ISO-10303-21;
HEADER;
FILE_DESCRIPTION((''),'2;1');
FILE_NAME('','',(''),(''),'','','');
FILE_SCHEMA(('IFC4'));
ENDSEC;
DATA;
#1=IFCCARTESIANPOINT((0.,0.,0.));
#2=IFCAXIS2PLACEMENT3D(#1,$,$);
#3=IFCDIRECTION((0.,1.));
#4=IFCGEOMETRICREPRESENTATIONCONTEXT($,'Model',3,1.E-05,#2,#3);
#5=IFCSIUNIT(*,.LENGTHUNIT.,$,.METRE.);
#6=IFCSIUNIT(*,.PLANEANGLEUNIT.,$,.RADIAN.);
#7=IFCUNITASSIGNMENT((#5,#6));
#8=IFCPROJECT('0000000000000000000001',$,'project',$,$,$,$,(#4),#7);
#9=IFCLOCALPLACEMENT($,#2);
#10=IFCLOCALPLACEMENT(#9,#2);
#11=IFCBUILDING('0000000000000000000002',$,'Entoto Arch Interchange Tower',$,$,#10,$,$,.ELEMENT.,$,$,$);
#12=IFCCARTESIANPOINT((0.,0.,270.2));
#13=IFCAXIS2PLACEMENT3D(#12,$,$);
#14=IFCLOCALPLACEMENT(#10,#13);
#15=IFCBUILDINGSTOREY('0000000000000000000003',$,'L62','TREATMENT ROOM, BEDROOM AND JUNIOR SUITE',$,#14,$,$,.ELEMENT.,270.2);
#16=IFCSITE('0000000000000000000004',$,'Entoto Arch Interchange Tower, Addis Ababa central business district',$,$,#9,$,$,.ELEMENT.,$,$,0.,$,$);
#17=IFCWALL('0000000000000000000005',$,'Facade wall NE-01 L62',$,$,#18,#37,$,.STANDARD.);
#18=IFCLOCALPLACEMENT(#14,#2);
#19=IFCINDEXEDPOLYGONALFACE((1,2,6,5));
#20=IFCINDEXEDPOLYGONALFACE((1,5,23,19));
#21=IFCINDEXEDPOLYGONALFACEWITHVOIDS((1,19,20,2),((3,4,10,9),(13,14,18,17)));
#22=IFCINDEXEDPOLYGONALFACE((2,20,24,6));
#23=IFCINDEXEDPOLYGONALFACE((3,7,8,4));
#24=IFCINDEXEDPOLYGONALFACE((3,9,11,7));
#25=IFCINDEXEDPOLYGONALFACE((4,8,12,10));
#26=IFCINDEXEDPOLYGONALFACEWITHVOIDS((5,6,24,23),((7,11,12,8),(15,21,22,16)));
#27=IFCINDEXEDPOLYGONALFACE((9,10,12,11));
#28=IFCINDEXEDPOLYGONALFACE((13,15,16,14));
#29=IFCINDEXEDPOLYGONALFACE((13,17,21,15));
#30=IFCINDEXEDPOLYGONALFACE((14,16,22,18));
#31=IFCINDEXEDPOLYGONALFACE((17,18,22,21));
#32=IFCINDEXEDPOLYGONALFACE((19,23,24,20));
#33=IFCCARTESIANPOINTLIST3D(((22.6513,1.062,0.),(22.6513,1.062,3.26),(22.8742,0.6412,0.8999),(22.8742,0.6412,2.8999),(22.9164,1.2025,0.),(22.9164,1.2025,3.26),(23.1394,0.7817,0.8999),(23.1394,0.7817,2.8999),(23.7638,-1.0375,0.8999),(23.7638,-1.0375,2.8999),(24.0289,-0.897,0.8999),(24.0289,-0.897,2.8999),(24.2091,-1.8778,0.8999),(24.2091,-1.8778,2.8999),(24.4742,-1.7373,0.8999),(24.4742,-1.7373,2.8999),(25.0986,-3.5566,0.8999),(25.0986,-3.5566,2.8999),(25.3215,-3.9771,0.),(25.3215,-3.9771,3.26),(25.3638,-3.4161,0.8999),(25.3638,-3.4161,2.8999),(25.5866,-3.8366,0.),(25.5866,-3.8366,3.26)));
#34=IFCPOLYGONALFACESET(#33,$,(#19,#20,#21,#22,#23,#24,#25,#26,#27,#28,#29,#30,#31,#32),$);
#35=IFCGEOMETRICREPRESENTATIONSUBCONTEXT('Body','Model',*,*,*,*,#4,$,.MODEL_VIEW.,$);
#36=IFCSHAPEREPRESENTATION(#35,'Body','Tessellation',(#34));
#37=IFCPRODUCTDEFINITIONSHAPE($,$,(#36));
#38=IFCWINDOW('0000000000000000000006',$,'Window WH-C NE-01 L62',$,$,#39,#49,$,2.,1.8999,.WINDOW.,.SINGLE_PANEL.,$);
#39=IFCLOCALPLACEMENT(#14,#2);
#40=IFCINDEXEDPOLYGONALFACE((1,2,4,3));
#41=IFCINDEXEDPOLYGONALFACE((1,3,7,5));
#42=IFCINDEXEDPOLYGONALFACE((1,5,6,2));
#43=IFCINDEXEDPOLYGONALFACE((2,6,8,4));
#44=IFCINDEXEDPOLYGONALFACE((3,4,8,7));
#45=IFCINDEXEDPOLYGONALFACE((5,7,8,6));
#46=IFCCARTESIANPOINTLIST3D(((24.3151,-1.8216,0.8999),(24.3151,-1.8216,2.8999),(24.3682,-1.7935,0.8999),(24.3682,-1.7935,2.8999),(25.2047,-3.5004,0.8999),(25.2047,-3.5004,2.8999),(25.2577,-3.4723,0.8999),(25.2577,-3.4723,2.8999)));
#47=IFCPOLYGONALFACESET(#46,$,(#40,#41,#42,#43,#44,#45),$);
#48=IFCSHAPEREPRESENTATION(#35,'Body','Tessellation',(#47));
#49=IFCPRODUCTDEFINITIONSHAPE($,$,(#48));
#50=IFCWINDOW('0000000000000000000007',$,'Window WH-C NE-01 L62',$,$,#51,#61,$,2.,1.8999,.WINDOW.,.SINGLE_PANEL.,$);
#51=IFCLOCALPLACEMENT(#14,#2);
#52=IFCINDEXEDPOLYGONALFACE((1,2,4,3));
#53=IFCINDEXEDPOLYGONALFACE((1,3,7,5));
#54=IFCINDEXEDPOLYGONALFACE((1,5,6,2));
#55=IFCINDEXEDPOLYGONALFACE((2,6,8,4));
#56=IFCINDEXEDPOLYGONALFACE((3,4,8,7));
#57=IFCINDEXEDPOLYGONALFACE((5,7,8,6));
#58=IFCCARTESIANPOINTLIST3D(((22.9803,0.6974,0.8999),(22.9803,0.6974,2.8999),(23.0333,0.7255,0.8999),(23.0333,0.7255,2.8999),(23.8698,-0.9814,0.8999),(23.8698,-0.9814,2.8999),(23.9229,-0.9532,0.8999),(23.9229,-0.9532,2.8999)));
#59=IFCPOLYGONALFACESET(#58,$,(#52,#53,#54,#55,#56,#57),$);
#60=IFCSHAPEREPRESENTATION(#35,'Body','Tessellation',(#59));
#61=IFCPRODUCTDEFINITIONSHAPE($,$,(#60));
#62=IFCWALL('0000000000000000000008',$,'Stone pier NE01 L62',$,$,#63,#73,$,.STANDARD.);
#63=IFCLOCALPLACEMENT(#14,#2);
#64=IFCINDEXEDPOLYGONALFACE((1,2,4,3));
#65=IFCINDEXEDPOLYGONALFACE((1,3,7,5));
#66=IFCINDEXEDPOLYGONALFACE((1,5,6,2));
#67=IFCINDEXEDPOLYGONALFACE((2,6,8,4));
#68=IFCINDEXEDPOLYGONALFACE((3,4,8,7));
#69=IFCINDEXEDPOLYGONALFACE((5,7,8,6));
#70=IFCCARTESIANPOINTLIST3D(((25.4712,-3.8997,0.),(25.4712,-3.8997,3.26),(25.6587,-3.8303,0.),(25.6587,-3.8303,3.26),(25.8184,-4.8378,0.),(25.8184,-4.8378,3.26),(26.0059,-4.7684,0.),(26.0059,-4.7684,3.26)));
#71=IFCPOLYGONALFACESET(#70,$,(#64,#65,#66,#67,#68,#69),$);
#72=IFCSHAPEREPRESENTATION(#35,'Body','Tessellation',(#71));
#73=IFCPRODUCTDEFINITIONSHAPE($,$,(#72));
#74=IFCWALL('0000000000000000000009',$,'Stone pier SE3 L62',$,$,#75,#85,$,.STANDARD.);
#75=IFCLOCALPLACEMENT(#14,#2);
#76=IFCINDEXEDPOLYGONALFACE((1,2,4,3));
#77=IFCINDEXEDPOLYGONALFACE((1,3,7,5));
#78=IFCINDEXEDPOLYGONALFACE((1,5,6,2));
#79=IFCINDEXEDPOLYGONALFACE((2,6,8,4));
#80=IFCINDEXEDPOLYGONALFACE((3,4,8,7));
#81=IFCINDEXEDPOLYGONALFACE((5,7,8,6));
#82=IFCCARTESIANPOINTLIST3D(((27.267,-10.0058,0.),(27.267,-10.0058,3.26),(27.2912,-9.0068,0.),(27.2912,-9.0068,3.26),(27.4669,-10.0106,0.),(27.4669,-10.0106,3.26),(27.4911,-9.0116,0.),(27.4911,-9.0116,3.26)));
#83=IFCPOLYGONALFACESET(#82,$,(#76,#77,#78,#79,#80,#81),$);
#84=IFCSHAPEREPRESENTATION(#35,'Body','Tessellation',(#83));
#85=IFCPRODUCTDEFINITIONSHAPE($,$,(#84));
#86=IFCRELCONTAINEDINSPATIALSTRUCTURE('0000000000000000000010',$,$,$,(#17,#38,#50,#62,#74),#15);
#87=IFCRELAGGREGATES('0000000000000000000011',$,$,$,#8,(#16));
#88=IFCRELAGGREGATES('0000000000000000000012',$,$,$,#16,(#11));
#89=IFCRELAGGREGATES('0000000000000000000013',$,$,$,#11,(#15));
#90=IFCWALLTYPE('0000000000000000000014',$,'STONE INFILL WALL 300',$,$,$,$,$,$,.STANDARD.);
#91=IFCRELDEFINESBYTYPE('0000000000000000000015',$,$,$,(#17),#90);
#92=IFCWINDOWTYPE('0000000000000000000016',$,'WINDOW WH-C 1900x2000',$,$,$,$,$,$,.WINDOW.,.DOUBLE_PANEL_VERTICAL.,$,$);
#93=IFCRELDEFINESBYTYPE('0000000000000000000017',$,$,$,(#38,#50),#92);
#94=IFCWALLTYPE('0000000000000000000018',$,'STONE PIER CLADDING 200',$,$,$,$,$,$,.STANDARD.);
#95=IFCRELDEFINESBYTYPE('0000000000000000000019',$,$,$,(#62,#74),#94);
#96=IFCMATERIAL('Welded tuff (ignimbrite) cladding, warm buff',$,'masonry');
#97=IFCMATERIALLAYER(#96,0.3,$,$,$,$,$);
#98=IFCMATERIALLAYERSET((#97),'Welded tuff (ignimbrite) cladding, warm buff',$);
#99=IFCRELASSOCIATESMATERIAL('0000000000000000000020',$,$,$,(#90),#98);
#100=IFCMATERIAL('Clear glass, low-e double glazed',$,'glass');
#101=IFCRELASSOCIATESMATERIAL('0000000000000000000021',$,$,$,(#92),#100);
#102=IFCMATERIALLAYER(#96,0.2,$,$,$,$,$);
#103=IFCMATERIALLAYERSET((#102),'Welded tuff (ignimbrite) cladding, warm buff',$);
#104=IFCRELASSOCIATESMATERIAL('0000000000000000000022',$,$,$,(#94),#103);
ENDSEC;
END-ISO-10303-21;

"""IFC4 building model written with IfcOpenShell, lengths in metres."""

from ifc_helpers import new_model, si_unit, direction, frame, frame_2d, origin, place, context, subcontext, project, spatial, rectangle, extrude, material, layer, layer_set, type_object, element, fill, save


model = new_model("IFC4")

# Units and contexts
model_context = context("Model", 3, precision=1e-05, world=origin(), true_north=direction((0.0, 1.0)))
body_context = subcontext(model_context, "Body", "Model", "MODEL_VIEW")
ifc_project = project(units=[si_unit("LENGTHUNIT", "METRE"), si_unit("PLANEANGLEUNIT", "RADIAN")], contexts=[model_context])

# Site, building, storey
site_placement = place(None, origin())
site = spatial("IfcSite", under=ifc_project, at=site_placement, Name="Entoto Arch Interchange Tower, Addis Ababa central business district", CompositionType="ELEMENT", RefElevation=0.0)
building_placement = place(site_placement, origin())
building = spatial("IfcBuilding", under=site, at=building_placement, Name="Entoto Arch Interchange Tower", CompositionType="ELEMENT")
storey_placement = place(building_placement, frame((0.0, 0.0, 270.2)))
storey = spatial("IfcBuildingStorey", under=building, at=storey_placement, Name="L62", Description="TREATMENT ROOM, BEDROOM AND JUNIOR SUITE", CompositionType="ELEMENT", Elevation=270.2)

# Shared definitions
ifc_material_1 = material(Name="Welded tuff (ignimbrite) cladding, warm buff", Category="masonry")
ifc_layer_1 = layer(ifc_material_1, 0.3)
ifc_layer_set_1 = layer_set([ifc_layer_1], Name="Welded tuff (ignimbrite) cladding, warm buff")
wall_type_1 = type_object("IfcWallType", Name="STONE INFILL WALL 300", PredefinedType="STANDARD", material=ifc_layer_set_1)
ifc_material_2 = material(Name="Clear glass, low-e double glazed", Category="glass")

# Wall, openings, windows
wall_1_placement = place(storey_placement, frame((25.4541, -3.907, 0.0), z_axis=(0.0, 0.0, 1.0), x_axis=(-0.46822, 0.883612, 0.0)))
wall_1 = element("IfcWall", 1, at=wall_1_placement, inside=storey, type_object=wall_type_1, Name="Facade wall NE-01 L62", PredefinedType="STANDARD", context=body_context, shape_type="SweptSolid", body=[
    extrude(rectangle(XDim=5.7029, YDim=0.3, at=frame_2d((2.8516, 0.0))), origin(), (0.0, 0.0, 1.0), 3.26),
])
opening_1_placement = place(wall_1_placement, frame((0.4761, 0.0, 0.8999)))
opening_1 = element("IfcOpeningElement", 2, at=opening_1_placement, cuts=wall_1, PredefinedType="OPENING", context=body_context, shape_type="SweptSolid", body=[
    extrude(rectangle(XDim=1.8999, YDim=2.0, at=frame_2d((0.95, 1.0))), frame((0.0, 0.1602, 0.0), z_axis=(0.0, -1.0, 0.0), x_axis=(1.0, 0.0, 0.0)), (0.0, 0.0, 1.0), 0.3201),
])
opening_2_placement = place(wall_1_placement, frame((3.3269, 0.0, 0.8999)))
opening_2 = element("IfcOpeningElement", 3, at=opening_2_placement, cuts=wall_1, PredefinedType="OPENING", context=body_context, shape_type="SweptSolid", body=[
    extrude(rectangle(XDim=1.8999, YDim=2.0, at=frame_2d((0.95, 1.0))), frame((0.0, 0.1602, 0.0), z_axis=(0.0, -1.0, 0.0), x_axis=(1.0, 0.0, 0.0)), (0.0, 0.0, 1.0), 0.3201),
])
window_type_1 = type_object("IfcWindowType", Name="WINDOW WH-C 1900x2000", PartitioningType="DOUBLE_PANEL_VERTICAL", PredefinedType="WINDOW", material=ifc_material_2)
window_1_placement = place(opening_1_placement, origin())
window_1 = element("IfcWindow", 4, at=window_1_placement, inside=storey, type_object=window_type_1, Name="Window WH-C NE-01 L62", OverallHeight=2.0, OverallWidth=1.8999, PartitioningType="SINGLE_PANEL", PredefinedType="WINDOW", context=body_context, shape_type="SweptSolid", body=[
    extrude(rectangle(XDim=1.8999, YDim=2.0, at=frame_2d((0.95, 1.0))), frame((0.0, 0.03, 0.0), z_axis=(0.0, -1.0, 0.0), x_axis=(1.0, 0.0, 0.0)), (0.0, 0.0, 1.0), 0.0601),
])
fill(opening_1, window_1)
window_2_placement = place(opening_2_placement, origin())
window_2 = element("IfcWindow", 5, at=window_2_placement, inside=storey, type_object=window_type_1, Name="Window WH-C NE-01 L62", OverallHeight=2.0, OverallWidth=1.8999, PartitioningType="SINGLE_PANEL", PredefinedType="WINDOW", context=body_context, shape_type="SweptSolid", body=[
    extrude(rectangle(XDim=1.8999, YDim=2.0, at=frame_2d((0.95, 1.0))), frame((0.0, 0.03, 0.0), z_axis=(0.0, -1.0, 0.0), x_axis=(1.0, 0.0, 0.0)), (0.0, 0.0, 1.0), 0.0601),
])
fill(opening_2, window_2)

# Walls
ifc_layer_2 = layer(ifc_material_1, 0.2)
ifc_layer_set_2 = layer_set([ifc_layer_2], Name="Welded tuff (ignimbrite) cladding, warm buff")
wall_type_2 = type_object("IfcWallType", Name="STONE PIER CLADDING 200", PredefinedType="STANDARD", material=ifc_layer_set_2)
wall_2_placement = place(storey_placement, frame((25.9121, -4.803, 0.0), z_axis=(0.0, 0.0, 1.0), x_axis=(-0.347108, 0.937825, 0.0)))
element("IfcWall", 6, at=wall_2_placement, inside=storey, type_object=wall_type_2, Name="Stone pier NE01 L62", PredefinedType="STANDARD", context=body_context, shape_type="SweptSolid", body=[
    extrude(rectangle(XDim=1.0002, YDim=0.2, at=frame_2d((0.5, 0.0))), origin(), (0.0, 0.0, 1.0), 3.26),
])
wall_3_placement = place(storey_placement, frame((27.3669, -10.0081, 0.0), z_axis=(0.0, 0.0, 1.0), x_axis=(0.024186, 0.999707, 0.0)))
element("IfcWall", 7, at=wall_3_placement, inside=storey, type_object=wall_type_2, Name="Stone pier SE3 L62", PredefinedType="STANDARD", context=body_context, shape_type="SweptSolid", body=[
    extrude(rectangle(XDim=0.9993, YDim=0.2, at=frame_2d((0.4995, 0.0))), origin(), (0.0, 0.0, 1.0), 3.26),
])

save(model, "model.ifc")
